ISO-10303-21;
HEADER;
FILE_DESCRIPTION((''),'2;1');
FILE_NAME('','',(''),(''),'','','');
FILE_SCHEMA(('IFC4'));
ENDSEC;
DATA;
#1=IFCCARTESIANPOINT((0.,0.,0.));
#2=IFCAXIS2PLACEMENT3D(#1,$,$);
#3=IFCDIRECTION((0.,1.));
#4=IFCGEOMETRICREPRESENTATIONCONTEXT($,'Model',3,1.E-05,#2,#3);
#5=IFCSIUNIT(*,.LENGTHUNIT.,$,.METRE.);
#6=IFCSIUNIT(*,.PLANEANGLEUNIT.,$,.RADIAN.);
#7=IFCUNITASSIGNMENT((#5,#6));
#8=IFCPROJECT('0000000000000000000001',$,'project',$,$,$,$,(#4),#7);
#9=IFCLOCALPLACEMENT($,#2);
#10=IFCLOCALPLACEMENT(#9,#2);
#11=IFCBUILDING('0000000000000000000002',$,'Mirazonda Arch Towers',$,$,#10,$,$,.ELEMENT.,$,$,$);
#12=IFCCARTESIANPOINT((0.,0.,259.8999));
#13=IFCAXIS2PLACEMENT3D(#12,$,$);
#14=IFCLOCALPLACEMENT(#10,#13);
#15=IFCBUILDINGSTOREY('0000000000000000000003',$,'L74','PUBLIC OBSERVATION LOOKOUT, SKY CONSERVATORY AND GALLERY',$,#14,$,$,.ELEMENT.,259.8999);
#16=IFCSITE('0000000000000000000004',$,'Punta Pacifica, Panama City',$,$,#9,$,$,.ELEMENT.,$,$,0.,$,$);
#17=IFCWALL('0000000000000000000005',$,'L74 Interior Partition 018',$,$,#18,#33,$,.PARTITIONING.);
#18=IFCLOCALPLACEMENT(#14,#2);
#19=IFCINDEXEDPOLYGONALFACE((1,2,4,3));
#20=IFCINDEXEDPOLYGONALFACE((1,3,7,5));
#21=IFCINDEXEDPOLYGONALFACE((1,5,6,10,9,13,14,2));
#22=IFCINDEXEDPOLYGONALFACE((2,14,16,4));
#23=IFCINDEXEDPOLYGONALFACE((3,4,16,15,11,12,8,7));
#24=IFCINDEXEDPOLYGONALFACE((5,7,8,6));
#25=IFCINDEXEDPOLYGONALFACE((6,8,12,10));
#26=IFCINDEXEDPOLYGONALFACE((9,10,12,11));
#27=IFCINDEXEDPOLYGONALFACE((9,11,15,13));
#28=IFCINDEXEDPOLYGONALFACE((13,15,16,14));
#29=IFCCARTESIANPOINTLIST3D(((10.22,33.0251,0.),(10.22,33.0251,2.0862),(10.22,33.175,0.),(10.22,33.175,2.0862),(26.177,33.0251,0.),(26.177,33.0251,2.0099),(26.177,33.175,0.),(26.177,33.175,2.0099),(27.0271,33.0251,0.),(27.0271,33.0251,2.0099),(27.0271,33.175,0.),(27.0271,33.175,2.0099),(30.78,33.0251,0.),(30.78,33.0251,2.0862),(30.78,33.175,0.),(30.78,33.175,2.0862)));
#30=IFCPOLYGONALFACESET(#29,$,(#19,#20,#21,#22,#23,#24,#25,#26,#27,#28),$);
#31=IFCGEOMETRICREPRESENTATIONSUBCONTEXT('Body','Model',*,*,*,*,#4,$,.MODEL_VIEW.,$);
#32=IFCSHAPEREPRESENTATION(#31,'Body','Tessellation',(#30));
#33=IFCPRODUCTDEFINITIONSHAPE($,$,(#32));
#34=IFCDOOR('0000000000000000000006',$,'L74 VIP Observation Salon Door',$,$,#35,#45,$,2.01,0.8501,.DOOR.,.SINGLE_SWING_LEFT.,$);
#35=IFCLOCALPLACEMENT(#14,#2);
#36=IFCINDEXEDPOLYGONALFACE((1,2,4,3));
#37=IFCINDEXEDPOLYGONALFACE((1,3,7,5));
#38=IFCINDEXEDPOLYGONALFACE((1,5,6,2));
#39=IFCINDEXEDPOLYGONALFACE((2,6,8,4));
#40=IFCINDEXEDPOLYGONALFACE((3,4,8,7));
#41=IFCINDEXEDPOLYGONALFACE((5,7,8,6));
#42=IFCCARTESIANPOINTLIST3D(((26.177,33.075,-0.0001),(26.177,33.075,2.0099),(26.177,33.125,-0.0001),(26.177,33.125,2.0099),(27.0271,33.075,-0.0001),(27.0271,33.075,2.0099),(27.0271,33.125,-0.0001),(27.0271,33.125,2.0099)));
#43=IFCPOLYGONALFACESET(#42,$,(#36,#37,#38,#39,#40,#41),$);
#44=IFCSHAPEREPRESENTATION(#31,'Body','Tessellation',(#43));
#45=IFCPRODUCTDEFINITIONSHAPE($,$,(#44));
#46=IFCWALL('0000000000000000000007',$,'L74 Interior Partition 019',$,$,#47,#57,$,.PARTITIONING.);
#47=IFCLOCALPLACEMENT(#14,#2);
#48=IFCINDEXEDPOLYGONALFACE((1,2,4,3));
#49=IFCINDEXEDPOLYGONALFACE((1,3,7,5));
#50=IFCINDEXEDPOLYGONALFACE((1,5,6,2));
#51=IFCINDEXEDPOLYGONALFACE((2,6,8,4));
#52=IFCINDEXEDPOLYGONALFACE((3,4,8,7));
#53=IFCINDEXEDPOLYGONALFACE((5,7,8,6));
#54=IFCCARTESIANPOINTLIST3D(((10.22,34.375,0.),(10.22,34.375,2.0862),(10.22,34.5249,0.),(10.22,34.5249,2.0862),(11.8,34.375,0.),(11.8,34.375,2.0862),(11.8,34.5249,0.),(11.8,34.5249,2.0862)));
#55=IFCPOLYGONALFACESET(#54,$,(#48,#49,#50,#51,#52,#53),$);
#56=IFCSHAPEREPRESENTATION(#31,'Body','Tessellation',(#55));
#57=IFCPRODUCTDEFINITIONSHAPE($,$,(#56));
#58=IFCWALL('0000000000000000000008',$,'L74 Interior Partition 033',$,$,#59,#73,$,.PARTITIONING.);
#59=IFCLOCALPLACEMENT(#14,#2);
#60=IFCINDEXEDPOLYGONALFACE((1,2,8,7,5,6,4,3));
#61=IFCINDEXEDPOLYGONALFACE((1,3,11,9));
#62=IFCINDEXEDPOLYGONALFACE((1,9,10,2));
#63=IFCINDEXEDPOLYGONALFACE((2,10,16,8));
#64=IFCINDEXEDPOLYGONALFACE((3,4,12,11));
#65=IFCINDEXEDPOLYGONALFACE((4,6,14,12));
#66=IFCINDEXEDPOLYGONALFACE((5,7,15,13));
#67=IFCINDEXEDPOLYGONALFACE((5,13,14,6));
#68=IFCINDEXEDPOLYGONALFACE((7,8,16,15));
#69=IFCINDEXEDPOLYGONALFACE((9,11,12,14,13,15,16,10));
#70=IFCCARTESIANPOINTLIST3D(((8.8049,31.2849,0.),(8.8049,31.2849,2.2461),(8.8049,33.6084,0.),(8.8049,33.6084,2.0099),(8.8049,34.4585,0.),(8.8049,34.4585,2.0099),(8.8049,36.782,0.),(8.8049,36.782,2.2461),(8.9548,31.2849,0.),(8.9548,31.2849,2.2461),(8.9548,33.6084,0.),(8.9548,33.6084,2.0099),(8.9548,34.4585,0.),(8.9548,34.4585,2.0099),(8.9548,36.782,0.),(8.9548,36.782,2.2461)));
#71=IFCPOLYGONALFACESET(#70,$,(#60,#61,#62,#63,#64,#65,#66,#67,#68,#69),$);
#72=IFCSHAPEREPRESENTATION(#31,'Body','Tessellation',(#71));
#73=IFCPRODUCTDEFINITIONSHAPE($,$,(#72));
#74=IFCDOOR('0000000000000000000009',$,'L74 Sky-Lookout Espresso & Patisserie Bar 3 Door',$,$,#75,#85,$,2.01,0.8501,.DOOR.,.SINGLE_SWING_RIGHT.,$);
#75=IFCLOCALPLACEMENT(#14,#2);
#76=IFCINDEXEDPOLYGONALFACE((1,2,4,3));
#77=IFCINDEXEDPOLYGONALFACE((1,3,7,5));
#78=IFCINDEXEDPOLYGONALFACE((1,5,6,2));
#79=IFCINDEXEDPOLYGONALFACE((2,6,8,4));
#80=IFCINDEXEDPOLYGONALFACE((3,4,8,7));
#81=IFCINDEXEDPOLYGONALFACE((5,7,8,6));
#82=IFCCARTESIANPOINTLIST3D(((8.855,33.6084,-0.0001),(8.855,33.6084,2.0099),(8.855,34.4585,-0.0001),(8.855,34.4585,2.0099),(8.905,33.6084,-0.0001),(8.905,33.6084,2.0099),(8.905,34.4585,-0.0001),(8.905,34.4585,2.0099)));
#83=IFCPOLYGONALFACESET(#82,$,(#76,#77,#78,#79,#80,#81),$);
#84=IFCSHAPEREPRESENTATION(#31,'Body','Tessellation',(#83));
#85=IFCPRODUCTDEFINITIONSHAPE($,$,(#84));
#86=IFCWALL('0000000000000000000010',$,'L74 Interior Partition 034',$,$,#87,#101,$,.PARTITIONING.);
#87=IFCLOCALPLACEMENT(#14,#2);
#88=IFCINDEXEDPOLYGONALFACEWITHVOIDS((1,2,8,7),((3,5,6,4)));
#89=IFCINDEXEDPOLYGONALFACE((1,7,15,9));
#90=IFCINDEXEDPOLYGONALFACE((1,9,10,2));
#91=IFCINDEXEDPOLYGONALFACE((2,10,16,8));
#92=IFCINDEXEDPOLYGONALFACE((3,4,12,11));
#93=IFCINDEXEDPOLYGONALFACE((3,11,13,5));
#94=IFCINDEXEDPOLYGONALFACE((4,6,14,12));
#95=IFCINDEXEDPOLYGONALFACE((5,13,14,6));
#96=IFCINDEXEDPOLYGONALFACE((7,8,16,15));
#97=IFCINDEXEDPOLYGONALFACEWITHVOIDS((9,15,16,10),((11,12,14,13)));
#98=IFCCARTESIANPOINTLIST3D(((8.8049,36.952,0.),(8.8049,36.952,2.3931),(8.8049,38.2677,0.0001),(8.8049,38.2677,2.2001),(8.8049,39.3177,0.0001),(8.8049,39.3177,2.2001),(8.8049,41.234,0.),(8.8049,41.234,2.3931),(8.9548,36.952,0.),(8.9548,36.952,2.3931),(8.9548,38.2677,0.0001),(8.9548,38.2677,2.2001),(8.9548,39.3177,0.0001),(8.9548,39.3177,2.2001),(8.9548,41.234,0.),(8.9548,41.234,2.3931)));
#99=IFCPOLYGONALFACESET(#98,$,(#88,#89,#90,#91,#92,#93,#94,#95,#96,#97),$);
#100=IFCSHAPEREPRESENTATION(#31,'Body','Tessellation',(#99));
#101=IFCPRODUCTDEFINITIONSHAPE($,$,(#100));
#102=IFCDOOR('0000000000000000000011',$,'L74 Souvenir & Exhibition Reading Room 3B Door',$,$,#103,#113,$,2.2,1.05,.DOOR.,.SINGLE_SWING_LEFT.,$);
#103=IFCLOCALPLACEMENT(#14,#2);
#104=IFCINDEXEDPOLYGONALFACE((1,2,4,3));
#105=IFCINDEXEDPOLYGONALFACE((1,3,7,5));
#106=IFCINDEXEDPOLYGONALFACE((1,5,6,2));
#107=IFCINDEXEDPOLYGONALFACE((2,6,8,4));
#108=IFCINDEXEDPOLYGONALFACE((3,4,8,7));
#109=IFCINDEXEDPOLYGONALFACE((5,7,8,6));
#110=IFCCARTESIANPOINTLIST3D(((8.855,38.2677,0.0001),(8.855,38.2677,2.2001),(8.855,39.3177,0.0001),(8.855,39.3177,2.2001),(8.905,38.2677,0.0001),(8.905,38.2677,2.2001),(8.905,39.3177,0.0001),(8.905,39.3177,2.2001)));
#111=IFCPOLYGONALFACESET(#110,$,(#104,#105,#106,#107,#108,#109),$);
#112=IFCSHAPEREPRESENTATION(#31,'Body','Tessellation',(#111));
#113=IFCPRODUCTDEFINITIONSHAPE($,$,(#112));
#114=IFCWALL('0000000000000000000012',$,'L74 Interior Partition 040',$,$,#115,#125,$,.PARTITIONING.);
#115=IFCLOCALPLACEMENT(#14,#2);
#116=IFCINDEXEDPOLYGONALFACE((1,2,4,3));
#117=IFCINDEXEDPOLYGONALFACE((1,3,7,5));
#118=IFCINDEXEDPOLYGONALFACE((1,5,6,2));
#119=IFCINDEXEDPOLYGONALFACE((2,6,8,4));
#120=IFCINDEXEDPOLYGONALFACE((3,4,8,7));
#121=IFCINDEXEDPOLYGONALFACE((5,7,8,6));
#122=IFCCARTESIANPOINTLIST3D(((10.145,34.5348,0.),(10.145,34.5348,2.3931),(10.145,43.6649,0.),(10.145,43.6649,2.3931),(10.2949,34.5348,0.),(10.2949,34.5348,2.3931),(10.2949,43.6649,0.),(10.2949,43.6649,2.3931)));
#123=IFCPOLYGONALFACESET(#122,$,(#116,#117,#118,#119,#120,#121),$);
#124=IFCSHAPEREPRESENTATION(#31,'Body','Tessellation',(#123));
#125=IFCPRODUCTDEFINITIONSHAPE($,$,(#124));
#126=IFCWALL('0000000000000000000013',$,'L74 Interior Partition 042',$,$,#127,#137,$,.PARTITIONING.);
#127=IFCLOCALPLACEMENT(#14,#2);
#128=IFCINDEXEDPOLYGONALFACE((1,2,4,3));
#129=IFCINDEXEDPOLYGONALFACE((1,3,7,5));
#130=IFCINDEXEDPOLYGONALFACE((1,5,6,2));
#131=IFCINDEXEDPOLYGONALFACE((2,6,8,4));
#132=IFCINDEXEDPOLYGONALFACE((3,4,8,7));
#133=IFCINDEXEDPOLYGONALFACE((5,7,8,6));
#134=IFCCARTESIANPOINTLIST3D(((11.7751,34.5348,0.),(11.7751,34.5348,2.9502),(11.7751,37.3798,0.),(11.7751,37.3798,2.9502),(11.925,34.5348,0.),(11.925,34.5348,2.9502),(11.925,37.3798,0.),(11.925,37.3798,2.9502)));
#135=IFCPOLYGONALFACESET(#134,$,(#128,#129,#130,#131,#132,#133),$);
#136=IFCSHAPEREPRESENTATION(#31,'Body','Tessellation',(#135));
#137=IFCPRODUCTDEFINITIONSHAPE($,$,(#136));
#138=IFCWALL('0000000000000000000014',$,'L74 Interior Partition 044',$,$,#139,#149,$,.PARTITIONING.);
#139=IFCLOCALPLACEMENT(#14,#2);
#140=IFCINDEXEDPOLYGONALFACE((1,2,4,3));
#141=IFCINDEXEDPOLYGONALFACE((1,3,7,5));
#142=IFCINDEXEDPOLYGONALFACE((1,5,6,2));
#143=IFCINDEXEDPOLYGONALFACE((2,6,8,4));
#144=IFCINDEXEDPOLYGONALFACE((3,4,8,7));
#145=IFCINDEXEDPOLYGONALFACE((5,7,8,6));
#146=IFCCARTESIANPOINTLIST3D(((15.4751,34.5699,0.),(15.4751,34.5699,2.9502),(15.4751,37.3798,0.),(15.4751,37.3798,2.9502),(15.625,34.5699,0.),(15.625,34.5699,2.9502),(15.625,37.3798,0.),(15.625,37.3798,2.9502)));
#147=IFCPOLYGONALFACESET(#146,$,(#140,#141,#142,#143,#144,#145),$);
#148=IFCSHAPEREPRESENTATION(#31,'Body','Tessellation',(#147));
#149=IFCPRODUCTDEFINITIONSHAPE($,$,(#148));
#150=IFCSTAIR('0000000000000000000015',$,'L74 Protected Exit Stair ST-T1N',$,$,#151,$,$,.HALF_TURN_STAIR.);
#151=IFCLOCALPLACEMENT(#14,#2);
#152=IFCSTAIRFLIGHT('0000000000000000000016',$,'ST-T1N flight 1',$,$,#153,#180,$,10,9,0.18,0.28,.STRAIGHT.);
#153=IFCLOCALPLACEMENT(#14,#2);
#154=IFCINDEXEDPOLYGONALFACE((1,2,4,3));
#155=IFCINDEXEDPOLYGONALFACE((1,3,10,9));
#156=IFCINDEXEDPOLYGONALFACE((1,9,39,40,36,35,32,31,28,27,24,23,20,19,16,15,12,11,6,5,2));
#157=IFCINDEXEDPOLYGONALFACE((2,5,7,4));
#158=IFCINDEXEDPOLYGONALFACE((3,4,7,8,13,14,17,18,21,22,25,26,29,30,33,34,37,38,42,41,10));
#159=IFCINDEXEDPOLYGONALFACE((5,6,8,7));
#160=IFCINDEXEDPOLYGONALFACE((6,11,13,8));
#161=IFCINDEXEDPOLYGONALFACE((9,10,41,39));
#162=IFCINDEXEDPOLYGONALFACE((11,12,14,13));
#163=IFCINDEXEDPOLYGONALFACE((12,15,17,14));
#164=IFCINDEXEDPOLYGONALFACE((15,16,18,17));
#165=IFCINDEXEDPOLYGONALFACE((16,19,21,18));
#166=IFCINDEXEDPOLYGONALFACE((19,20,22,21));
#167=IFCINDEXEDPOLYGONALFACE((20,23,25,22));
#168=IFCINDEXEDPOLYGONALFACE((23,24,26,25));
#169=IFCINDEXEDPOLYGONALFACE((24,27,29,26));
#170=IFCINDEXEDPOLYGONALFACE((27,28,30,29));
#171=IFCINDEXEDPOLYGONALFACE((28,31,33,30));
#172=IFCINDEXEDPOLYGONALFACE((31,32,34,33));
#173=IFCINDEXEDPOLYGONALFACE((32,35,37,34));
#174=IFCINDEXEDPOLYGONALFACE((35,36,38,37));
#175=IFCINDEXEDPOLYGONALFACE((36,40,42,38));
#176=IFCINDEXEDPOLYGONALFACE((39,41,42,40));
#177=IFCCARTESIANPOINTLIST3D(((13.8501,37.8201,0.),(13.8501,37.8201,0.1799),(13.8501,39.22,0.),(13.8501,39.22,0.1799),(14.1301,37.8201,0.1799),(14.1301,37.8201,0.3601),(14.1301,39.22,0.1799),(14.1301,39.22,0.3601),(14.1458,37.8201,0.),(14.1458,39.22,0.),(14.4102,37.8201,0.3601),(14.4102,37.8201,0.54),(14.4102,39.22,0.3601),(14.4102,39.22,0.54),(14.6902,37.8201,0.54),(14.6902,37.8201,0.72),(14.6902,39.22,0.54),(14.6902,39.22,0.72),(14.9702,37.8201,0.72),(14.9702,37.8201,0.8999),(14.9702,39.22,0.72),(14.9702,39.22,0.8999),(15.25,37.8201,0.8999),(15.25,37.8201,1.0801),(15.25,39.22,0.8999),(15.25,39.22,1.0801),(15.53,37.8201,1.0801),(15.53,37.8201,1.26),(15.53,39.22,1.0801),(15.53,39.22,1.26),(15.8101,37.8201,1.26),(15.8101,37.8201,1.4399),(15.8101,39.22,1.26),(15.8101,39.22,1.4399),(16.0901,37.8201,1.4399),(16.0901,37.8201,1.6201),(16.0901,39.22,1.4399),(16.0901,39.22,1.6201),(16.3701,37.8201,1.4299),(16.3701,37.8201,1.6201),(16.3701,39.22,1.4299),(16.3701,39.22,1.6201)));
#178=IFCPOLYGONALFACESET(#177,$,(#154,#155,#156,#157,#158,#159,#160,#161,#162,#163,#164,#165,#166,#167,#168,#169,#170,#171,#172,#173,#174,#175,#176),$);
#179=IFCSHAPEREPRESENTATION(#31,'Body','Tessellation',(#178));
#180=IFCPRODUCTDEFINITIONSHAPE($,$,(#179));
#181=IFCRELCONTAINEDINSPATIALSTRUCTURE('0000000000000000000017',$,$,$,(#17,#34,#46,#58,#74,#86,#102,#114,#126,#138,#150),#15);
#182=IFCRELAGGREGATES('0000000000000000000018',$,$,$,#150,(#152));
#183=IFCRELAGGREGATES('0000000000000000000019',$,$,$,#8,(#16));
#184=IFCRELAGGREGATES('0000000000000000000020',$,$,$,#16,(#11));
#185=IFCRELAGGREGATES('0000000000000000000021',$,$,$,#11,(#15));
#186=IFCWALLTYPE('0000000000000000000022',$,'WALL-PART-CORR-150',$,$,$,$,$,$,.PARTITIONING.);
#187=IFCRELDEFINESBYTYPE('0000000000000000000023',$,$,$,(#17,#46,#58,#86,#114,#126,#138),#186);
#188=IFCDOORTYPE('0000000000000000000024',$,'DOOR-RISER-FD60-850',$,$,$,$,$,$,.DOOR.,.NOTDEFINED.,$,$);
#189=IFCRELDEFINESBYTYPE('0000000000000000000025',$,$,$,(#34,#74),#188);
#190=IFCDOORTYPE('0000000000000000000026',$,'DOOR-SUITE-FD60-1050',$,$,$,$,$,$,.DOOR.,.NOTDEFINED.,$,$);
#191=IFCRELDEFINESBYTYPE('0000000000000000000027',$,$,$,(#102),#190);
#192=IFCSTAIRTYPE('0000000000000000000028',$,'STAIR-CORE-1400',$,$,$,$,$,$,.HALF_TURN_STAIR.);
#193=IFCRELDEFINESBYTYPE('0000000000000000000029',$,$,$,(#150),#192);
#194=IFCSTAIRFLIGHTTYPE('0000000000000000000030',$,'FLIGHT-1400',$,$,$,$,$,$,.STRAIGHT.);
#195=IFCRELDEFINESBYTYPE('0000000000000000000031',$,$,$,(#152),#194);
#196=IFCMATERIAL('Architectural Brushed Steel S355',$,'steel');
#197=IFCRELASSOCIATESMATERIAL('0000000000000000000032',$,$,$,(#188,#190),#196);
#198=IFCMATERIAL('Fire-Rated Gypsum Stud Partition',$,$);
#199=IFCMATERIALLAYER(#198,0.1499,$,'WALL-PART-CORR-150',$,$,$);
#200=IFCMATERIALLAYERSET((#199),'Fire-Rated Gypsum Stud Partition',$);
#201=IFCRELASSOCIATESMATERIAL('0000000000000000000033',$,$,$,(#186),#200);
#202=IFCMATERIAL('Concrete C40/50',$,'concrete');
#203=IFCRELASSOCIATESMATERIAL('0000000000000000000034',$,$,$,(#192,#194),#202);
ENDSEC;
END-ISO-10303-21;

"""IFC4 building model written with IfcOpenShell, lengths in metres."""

from ifc_helpers import new_model, si_unit, direction, frame, frame_2d, origin, place, context, subcontext, project, spatial, polyline, rectangle, outline, extrude, material, layer, layer_set, type_object, element, fill, aggregate, save


model = new_model("IFC4")

# Units and contexts
model_context = context("Model", 3, precision=1e-05, world=origin(), true_north=direction((0.0, 1.0)))
body_context = subcontext(model_context, "Body", "Model", "MODEL_VIEW")
ifc_project = project(units=[si_unit("LENGTHUNIT", "METRE"), si_unit("PLANEANGLEUNIT", "RADIAN")], contexts=[model_context])

# Site, building, storey
site_placement = place(None, origin())
site = spatial("IfcSite", under=ifc_project, at=site_placement, Name="Punta Pacifica, Panama City", CompositionType="ELEMENT", RefElevation=0.0)
building_placement = place(site_placement, origin())
building = spatial("IfcBuilding", under=site, at=building_placement, Name="Mirazonda Arch Towers", CompositionType="ELEMENT")
storey_placement = place(building_placement, frame((0.0, 0.0, 259.8999)))
storey = spatial("IfcBuildingStorey", under=building, at=storey_placement, Name="L74", Description="PUBLIC OBSERVATION LOOKOUT, SKY CONSERVATORY AND GALLERY", CompositionType="ELEMENT", Elevation=259.8999)

# Shared definitions
ifc_material_1 = material(Name="Architectural Brushed Steel S355", Category="steel")
ifc_material_2 = material(Name="Concrete C40/50", Category="concrete")
door_type_1 = type_object("IfcDoorType", Name="DOOR-RISER-FD60-850", OperationType="NOTDEFINED", PredefinedType="DOOR", material=ifc_material_1)

# Wall, opening, door
ifc_material_3 = material(Name="Fire-Rated Gypsum Stud Partition")
ifc_layer_1 = layer(ifc_material_3, 0.1499, Name="WALL-PART-CORR-150")
ifc_layer_set_1 = layer_set([ifc_layer_1], Name="Fire-Rated Gypsum Stud Partition")
wall_type_1 = type_object("IfcWallType", Name="WALL-PART-CORR-150", PredefinedType="PARTITIONING", material=ifc_layer_set_1)
wall_1_placement = place(storey_placement, frame((10.22, 33.1001, 0.0), z_axis=(0.0, 0.0, 1.0), x_axis=(1.0, 0.0, 0.0)))
wall_1 = element("IfcWall", 1, at=wall_1_placement, inside=storey, type_object=wall_type_1, Name="L74 Interior Partition 018", PredefinedType="PARTITIONING", context=body_context, shape_type="SweptSolid", body=[
    extrude(rectangle(XDim=20.5601, YDim=0.1499, at=frame_2d((10.28, 0.0))), origin(), (0.0, 0.0, 1.0), 2.0862),
])
opening_1_placement = place(wall_1_placement, frame((15.957, 0.0, 0.0)))
opening_1 = element("IfcOpeningElement", 2, at=opening_1_placement, cuts=wall_1, PredefinedType="OPENING", context=body_context, shape_type="SweptSolid", body=[
    extrude(rectangle(XDim=0.8501, YDim=2.01, at=frame_2d((0.425, 1.0049))), frame((0.0, 0.085, 0.0), z_axis=(0.0, -1.0, 0.0), x_axis=(1.0, 0.0, 0.0)), (0.0, 0.0, 1.0), 0.1699),
])
door_1_placement = place(opening_1_placement, origin())
door_1 = element("IfcDoor", 3, at=door_1_placement, inside=storey, type_object=door_type_1, Name="L74 VIP Observation Salon Door", OperationType="SINGLE_SWING_LEFT", OverallHeight=2.01, OverallWidth=0.8501, PredefinedType="DOOR", context=body_context, shape_type="SweptSolid", body=[
    extrude(rectangle(XDim=0.8501, YDim=2.01, at=frame_2d((0.425, 1.0049))), frame((0.0, 0.0249, 0.0), z_axis=(0.0, -1.0, 0.0), x_axis=(1.0, 0.0, 0.0)), (0.0, 0.0, 1.0), 0.05),
])
fill(opening_1, door_1)

# Wall
wall_2_placement = place(storey_placement, frame((10.22, 34.45, 0.0), z_axis=(0.0, 0.0, 1.0), x_axis=(1.0, 0.0, 0.0)))
element("IfcWall", 4, at=wall_2_placement, inside=storey, type_object=wall_type_1, Name="L74 Interior Partition 019", PredefinedType="PARTITIONING", context=body_context, shape_type="SweptSolid", body=[
    extrude(rectangle(XDim=1.5801, YDim=0.1499, at=frame_2d((0.79, 0.0))), origin(), (0.0, 0.0, 1.0), 2.0862),
])

# Walls, openings, doors
wall_3_placement = place(storey_placement, frame((8.8799, 31.2849, 0.0), z_axis=(0.0, 0.0, 1.0), x_axis=(0.0, 1.0, 0.0)))
wall_3 = element("IfcWall", 5, at=wall_3_placement, inside=storey, type_object=wall_type_1, Name="L74 Interior Partition 033", PredefinedType="PARTITIONING", context=body_context, shape_type="SweptSolid", body=[
    extrude(rectangle(XDim=5.4971, YDim=0.1499, at=frame_2d((2.7485, 0.0))), origin(), (0.0, 0.0, 1.0), 2.2461),
])
opening_2_placement = place(wall_3_placement, frame((2.3235, 0.0, 0.0)))
opening_2 = element("IfcOpeningElement", 6, at=opening_2_placement, cuts=wall_3, PredefinedType="OPENING", context=body_context, shape_type="SweptSolid", body=[
    extrude(rectangle(XDim=0.8501, YDim=2.01, at=frame_2d((0.425, 1.0049))), frame((0.0, 0.085, 0.0), z_axis=(0.0, -1.0, 0.0), x_axis=(1.0, 0.0, 0.0)), (0.0, 0.0, 1.0), 0.1699),
])
door_2_placement = place(opening_2_placement, origin())
door_2 = element("IfcDoor", 7, at=door_2_placement, inside=storey, type_object=door_type_1, Name="L74 Sky-Lookout Espresso & Patisserie Bar 3 Door", OperationType="SINGLE_SWING_RIGHT", OverallHeight=2.01, OverallWidth=0.8501, PredefinedType="DOOR", context=body_context, shape_type="SweptSolid", body=[
    extrude(rectangle(XDim=0.8501, YDim=2.01, at=frame_2d((0.425, 1.0049))), frame((0.0, 0.0249, 0.0), z_axis=(0.0, -1.0, 0.0), x_axis=(1.0, 0.0, 0.0)), (0.0, 0.0, 1.0), 0.05),
])
fill(opening_2, door_2)
wall_4_placement = place(storey_placement, frame((8.8799, 36.9519, 0.0), z_axis=(0.0, 0.0, 1.0), x_axis=(0.0, 1.0, 0.0)))
wall_4 = element("IfcWall", 8, at=wall_4_placement, inside=storey, type_object=wall_type_1, Name="L74 Interior Partition 034", PredefinedType="PARTITIONING", context=body_context, shape_type="SweptSolid", body=[
    extrude(rectangle(XDim=4.282, YDim=0.1499, at=frame_2d((2.1411, 0.0))), origin(), (0.0, 0.0, 1.0), 2.3931),
])
opening_3_placement = place(wall_4_placement, frame((1.3159, 0.0, 0.0)))
opening_3 = element("IfcOpeningElement", 9, at=opening_3_placement, cuts=wall_4, PredefinedType="OPENING", context=body_context, shape_type="SweptSolid", body=[
    extrude(rectangle(XDim=1.05, YDim=2.2, at=frame_2d((0.5249, 1.1001))), frame((0.0, 0.085, 0.0), z_axis=(0.0, -1.0, 0.0), x_axis=(1.0, 0.0, 0.0)), (0.0, 0.0, 1.0), 0.1699),
])
door_type_2 = type_object("IfcDoorType", Name="DOOR-SUITE-FD60-1050", OperationType="NOTDEFINED", PredefinedType="DOOR", material=ifc_material_1)
door_3_placement = place(opening_3_placement, origin())
door_3 = element("IfcDoor", 10, at=door_3_placement, inside=storey, type_object=door_type_2, Name="L74 Souvenir & Exhibition Reading Room 3B Door", OperationType="SINGLE_SWING_LEFT", OverallHeight=2.2, OverallWidth=1.05, PredefinedType="DOOR", context=body_context, shape_type="SweptSolid", body=[
    extrude(rectangle(XDim=1.05, YDim=2.2, at=frame_2d((0.5249, 1.1001))), frame((0.0, 0.0249, 0.0), z_axis=(0.0, -1.0, 0.0), x_axis=(1.0, 0.0, 0.0)), (0.0, 0.0, 1.0), 0.05),
])
fill(opening_3, door_3)

# Walls
wall_5_placement = place(storey_placement, frame((10.22, 34.5349, 0.0), z_axis=(0.0, 0.0, 1.0), x_axis=(0.0, 1.0, 0.0)))
element("IfcWall", 11, at=wall_5_placement, inside=storey, type_object=wall_type_1, Name="L74 Interior Partition 040", PredefinedType="PARTITIONING", context=body_context, shape_type="SweptSolid", body=[
    extrude(rectangle(XDim=9.1301, YDim=0.1499, at=frame_2d((4.5649, 0.0))), origin(), (0.0, 0.0, 1.0), 2.3931),
])
wall_6_placement = place(storey_placement, frame((11.8501, 34.5349, 0.0), z_axis=(0.0, 0.0, 1.0), x_axis=(0.0, 1.0, 0.0)))
element("IfcWall", 12, at=wall_6_placement, inside=storey, type_object=wall_type_1, Name="L74 Interior Partition 042", PredefinedType="PARTITIONING", context=body_context, shape_type="SweptSolid", body=[
    extrude(rectangle(XDim=2.845, YDim=0.1499, at=frame_2d((1.4224, 0.0))), origin(), (0.0, 0.0, 1.0), 2.9502),
])
wall_7_placement = place(storey_placement, frame((15.55, 34.5701, 0.0), z_axis=(0.0, 0.0, 1.0), x_axis=(0.0, 1.0, 0.0)))
element("IfcWall", 13, at=wall_7_placement, inside=storey, type_object=wall_type_1, Name="L74 Interior Partition 044", PredefinedType="PARTITIONING", context=body_context, shape_type="SweptSolid", body=[
    extrude(rectangle(XDim=2.8098, YDim=0.1499, at=frame_2d((1.4048, 0.0))), origin(), (0.0, 0.0, 1.0), 2.9502),
])

# Stair, stair flight
stair_type = type_object("IfcStairType", Name="STAIR-CORE-1400", PredefinedType="HALF_TURN_STAIR", material=ifc_material_2)
stair_placement = place(storey_placement, origin())
stair = element("IfcStair", 14, at=stair_placement, inside=storey, type_object=stair_type, Name="L74 Protected Exit Stair ST-T1N", PredefinedType="HALF_TURN_STAIR")
stair_flight_type = type_object("IfcStairFlightType", Name="FLIGHT-1400", PredefinedType="STRAIGHT", material=ifc_material_2)
stair_flight_placement = place(storey_placement, frame((13.8501, 38.52, 0.0), z_axis=(0.0, 0.0, 1.0), x_axis=(1.0, 0.0, 0.0)))
stair_flight = element("IfcStairFlight", 15, at=stair_flight_placement, type_object=stair_flight_type, Name="ST-T1N flight 1", NumberOfRisers=10, NumberOfTreads=9, PredefinedType="STRAIGHT", RiserHeight=0.18, TreadLength=0.28, context=body_context, shape_type="SweptSolid", body=[
    extrude(outline(polyline([(0.0, 0.0), (0.0, 0.1799), (0.28, 0.1799), (0.28, 0.3601), (0.5601, 0.3601), (0.5601, 0.54), (0.8401, 0.54), (0.8401, 0.72), (1.1201, 0.72), (1.1201, 0.8999), (1.3999, 0.8999), (1.3999, 1.0801), (1.6799, 1.0801), (1.6799, 1.26), (1.96, 1.26), (1.96, 1.4399), (2.24, 1.4399), (2.24, 1.6201), (2.52, 1.6201), (2.52, 1.8), (2.52, 1.4299), (0.2957, 0.0), (0.0, 0.0)])), frame((0.0, 0.7, 0.0), z_axis=(0.0, -1.0, 0.0), x_axis=(1.0, 0.0, 0.0)), (0.0, 0.0, 1.0), 1.3999),
])
aggregate(stair, [stair_flight])

save(model, "model.ifc")
